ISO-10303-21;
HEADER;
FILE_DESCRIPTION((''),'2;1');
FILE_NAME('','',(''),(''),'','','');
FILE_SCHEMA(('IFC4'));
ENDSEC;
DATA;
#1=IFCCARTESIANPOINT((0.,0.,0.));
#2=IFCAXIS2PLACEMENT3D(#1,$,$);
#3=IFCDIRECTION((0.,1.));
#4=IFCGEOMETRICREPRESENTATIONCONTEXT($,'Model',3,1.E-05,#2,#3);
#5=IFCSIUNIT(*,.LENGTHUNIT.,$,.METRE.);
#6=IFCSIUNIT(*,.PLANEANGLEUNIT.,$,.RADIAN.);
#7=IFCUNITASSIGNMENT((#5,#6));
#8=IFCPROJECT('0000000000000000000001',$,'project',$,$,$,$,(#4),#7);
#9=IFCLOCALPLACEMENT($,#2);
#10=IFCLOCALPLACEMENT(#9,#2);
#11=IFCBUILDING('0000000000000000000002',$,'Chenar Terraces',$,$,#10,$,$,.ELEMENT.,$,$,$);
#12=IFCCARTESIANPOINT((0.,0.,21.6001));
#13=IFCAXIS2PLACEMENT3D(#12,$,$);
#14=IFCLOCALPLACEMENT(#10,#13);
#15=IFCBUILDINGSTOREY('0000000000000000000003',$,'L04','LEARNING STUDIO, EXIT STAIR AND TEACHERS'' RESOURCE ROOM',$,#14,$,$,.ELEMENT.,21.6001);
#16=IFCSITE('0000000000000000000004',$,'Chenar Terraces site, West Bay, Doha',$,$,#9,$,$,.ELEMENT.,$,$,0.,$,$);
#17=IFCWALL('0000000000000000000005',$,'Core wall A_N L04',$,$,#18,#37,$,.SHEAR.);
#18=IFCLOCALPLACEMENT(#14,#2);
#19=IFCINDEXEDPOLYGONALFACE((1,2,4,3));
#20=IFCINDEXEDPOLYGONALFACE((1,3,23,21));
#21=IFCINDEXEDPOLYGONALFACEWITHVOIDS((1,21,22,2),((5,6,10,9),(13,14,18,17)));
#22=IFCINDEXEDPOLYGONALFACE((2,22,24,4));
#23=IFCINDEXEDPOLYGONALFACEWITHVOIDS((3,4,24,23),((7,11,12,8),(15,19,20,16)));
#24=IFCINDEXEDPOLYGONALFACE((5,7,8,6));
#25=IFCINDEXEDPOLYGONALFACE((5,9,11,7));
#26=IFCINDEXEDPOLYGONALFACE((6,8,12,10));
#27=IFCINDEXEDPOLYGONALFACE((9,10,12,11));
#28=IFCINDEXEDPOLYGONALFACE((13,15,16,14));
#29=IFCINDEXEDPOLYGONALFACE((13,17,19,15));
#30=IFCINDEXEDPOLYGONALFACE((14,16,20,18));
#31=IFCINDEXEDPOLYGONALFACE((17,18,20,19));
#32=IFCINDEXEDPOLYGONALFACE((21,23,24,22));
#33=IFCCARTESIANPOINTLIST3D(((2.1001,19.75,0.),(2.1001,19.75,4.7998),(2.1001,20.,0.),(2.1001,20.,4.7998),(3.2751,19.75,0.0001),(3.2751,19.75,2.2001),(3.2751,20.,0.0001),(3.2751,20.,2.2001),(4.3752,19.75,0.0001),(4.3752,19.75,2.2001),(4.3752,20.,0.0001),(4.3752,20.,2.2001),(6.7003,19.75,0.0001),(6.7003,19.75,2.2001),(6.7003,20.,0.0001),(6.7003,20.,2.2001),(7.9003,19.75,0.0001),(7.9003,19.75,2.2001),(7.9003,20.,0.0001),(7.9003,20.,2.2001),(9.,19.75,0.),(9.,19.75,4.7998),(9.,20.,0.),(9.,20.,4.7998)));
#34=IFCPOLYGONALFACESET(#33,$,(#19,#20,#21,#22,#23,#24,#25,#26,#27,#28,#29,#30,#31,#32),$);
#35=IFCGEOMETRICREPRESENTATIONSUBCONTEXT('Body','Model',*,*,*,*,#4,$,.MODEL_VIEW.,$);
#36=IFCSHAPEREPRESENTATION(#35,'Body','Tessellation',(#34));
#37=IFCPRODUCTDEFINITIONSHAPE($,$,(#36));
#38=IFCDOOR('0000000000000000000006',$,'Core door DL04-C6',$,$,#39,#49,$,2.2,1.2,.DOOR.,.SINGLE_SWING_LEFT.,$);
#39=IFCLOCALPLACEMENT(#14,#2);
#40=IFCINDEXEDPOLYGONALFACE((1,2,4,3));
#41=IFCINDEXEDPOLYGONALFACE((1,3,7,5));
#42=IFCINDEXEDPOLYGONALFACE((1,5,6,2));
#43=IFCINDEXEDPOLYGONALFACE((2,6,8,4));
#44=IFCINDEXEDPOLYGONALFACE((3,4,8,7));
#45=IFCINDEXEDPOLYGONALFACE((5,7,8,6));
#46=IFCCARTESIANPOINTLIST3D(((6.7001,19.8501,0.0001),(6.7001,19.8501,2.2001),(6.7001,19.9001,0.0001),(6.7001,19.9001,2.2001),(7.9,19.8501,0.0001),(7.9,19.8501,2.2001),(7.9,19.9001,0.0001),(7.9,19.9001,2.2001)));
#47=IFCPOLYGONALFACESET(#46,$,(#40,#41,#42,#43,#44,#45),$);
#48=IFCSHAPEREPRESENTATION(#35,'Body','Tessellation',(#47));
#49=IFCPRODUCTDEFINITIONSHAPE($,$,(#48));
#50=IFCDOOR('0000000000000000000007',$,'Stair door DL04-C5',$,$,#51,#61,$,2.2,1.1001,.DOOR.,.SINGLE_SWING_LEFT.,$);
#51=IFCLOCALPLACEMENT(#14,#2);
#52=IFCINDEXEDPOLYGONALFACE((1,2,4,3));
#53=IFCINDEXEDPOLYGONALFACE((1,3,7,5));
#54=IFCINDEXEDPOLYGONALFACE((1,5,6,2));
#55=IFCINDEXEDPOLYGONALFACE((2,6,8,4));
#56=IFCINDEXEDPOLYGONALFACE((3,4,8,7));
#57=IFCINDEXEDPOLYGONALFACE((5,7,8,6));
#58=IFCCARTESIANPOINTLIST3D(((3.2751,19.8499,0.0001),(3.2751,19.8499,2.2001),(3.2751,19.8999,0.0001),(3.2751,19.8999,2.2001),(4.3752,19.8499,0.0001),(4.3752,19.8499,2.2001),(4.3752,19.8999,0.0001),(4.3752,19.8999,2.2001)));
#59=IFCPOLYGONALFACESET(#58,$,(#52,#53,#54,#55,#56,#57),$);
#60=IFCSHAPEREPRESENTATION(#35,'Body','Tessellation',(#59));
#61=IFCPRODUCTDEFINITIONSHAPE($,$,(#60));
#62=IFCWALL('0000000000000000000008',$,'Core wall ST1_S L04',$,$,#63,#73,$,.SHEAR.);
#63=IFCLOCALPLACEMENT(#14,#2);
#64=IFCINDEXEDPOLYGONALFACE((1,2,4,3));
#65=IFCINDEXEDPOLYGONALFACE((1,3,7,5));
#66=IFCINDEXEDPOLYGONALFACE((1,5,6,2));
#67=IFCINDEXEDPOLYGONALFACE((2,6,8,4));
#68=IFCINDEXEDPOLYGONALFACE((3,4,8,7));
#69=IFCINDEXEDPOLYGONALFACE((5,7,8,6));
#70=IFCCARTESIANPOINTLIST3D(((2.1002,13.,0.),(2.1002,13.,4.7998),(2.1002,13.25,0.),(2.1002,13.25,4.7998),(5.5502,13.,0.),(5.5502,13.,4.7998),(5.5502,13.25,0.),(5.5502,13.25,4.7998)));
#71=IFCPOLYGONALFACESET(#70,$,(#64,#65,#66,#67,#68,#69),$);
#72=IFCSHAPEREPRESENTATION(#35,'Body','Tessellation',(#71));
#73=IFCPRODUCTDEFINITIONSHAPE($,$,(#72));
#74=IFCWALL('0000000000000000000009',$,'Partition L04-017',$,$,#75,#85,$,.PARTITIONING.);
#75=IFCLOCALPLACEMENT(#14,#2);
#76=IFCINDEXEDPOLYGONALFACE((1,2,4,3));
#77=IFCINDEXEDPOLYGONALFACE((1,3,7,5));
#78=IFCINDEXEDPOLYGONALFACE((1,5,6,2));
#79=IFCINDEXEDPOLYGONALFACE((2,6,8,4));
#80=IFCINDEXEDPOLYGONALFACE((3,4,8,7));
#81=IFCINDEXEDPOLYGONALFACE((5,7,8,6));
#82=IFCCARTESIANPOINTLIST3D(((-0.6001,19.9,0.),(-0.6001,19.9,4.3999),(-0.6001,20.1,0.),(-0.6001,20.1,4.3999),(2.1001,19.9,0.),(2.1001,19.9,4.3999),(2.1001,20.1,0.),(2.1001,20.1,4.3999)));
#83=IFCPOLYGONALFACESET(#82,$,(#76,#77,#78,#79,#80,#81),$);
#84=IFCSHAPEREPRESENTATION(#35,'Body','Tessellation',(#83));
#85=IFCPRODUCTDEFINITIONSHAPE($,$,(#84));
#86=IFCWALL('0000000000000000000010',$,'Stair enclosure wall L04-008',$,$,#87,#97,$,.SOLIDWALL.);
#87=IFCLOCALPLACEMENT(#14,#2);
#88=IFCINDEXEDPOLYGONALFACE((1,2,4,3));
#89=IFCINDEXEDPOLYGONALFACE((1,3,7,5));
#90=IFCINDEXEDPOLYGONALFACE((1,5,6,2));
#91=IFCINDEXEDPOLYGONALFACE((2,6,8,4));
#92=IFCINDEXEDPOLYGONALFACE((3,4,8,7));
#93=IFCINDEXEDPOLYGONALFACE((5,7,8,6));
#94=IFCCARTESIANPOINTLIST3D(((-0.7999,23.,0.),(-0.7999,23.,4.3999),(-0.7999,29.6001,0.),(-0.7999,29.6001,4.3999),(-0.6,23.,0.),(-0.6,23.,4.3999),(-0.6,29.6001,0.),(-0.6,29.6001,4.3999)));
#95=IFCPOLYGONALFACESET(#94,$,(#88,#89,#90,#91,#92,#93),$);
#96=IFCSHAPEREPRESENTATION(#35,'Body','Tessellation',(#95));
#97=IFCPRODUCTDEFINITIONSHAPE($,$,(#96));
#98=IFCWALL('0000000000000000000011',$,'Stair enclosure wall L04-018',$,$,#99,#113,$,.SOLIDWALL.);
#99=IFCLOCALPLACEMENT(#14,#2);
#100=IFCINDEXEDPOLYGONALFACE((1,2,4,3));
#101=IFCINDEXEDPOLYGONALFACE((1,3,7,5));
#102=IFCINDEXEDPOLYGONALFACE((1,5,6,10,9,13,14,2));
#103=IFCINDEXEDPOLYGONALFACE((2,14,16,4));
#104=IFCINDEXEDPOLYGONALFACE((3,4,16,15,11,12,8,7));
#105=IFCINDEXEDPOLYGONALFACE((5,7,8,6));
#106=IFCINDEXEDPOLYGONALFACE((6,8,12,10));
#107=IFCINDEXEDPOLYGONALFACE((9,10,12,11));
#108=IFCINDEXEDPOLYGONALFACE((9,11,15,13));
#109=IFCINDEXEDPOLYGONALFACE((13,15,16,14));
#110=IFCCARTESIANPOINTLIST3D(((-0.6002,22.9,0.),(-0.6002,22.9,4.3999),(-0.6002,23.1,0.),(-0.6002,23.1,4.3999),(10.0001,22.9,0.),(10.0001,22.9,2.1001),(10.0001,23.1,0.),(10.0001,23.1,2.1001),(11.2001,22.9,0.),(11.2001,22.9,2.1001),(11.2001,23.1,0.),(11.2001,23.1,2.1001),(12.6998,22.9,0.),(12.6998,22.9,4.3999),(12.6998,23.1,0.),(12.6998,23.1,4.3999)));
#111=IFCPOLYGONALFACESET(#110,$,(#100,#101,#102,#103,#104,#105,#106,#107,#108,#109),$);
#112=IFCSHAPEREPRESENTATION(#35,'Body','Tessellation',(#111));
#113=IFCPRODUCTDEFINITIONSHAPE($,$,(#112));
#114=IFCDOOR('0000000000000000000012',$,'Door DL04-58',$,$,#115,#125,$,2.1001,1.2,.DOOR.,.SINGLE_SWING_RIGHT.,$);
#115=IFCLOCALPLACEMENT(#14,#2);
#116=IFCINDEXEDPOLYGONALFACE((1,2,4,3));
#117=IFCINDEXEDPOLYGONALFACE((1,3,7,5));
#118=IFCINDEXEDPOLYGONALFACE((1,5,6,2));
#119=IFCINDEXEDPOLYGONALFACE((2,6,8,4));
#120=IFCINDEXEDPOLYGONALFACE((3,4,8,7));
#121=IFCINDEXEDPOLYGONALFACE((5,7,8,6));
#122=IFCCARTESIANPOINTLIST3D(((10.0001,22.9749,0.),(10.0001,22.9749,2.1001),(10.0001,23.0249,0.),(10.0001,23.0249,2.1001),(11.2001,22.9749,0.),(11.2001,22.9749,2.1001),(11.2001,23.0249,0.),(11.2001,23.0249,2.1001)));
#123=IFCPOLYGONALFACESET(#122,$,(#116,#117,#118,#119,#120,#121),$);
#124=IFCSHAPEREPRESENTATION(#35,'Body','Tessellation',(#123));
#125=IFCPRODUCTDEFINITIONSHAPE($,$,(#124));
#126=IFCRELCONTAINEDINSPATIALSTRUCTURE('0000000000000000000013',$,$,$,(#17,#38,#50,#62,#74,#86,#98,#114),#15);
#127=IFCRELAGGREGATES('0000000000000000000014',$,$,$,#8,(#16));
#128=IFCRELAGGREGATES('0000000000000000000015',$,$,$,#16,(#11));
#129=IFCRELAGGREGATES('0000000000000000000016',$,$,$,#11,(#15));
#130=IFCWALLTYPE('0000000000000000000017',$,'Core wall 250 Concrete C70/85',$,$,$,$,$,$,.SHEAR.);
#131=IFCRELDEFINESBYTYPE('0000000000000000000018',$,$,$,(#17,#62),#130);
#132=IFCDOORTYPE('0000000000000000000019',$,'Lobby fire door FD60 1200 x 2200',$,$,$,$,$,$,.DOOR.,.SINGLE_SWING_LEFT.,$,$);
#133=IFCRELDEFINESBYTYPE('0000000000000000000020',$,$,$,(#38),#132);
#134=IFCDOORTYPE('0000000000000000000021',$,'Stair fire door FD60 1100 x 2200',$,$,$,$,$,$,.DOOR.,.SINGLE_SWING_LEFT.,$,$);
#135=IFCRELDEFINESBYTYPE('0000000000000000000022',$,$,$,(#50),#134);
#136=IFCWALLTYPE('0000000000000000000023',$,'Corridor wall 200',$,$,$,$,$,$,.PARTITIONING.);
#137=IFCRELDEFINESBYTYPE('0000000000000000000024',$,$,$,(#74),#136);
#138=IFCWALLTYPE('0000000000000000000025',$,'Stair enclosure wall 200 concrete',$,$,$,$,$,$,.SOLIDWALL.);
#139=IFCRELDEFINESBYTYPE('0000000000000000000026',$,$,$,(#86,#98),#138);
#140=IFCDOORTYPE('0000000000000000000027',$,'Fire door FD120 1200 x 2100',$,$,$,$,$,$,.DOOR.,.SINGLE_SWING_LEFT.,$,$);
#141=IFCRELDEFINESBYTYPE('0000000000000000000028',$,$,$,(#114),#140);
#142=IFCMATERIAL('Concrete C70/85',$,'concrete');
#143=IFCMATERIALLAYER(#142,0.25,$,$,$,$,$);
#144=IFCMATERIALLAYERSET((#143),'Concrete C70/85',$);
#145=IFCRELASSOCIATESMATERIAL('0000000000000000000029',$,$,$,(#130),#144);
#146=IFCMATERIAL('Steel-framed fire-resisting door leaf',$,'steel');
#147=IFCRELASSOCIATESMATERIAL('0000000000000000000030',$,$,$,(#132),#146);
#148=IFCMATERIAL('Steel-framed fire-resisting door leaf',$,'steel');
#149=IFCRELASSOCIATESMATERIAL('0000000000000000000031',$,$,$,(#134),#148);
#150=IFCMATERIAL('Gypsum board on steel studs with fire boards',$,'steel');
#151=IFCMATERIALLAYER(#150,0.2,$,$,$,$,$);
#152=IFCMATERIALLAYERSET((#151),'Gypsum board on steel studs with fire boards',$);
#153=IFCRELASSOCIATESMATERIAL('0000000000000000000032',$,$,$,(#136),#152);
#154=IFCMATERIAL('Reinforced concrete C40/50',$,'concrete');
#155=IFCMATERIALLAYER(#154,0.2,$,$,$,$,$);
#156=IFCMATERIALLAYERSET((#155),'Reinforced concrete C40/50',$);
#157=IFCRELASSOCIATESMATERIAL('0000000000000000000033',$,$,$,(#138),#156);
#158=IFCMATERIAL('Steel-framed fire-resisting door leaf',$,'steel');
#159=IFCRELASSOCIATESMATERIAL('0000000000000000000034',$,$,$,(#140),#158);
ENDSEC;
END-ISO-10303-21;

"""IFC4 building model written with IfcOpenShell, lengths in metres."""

from ifc_helpers import new_model, si_unit, direction, frame, frame_2d, origin, place, context, subcontext, project, spatial, rectangle, extrude, material, layer, layer_set, type_object, element, fill, save


model = new_model("IFC4")

# Units and contexts
model_context = context("Model", 3, precision=1e-05, world=origin(), true_north=direction((0.0, 1.0)))
body_context = subcontext(model_context, "Body", "Model", "MODEL_VIEW")
ifc_project = project(units=[si_unit("LENGTHUNIT", "METRE"), si_unit("PLANEANGLEUNIT", "RADIAN")], contexts=[model_context])

# Site, building, storey
site_placement = place(None, origin())
site = spatial("IfcSite", under=ifc_project, at=site_placement, Name="Chenar Terraces site, West Bay, Doha", CompositionType="ELEMENT", RefElevation=0.0)
building_placement = place(site_placement, origin())
building = spatial("IfcBuilding", under=site, at=building_placement, Name="Chenar Terraces", CompositionType="ELEMENT")
storey_placement = place(building_placement, frame((0.0, 0.0, 21.6001)))
storey = spatial("IfcBuildingStorey", under=building, at=storey_placement, Name="L04", Description="LEARNING STUDIO, EXIT STAIR AND TEACHERS' RESOURCE ROOM", CompositionType="ELEMENT", Elevation=21.6001)

# Wall, openings, doors
ifc_material_1 = material(Name="Concrete C70/85", Category="concrete")
ifc_layer_1 = layer(ifc_material_1, 0.25)
ifc_layer_set_1 = layer_set([ifc_layer_1], Name="Concrete C70/85")
wall_type_1 = type_object("IfcWallType", Name="Core wall 250 Concrete C70/85", PredefinedType="SHEAR", material=ifc_layer_set_1)
wall_1_placement = place(storey_placement, frame((2.1001, 19.875, 0.0), z_axis=(0.0, 0.0, 1.0), x_axis=(1.0, 0.0, 0.0)))
wall_1 = element("IfcWall", 1, at=wall_1_placement, inside=storey, type_object=wall_type_1, Name="Core wall A_N L04", PredefinedType="SHEAR", context=body_context, shape_type="SweptSolid", body=[
    extrude(rectangle(XDim=6.8999, YDim=0.25, at=frame_2d((3.45, 0.0))), origin(), (0.0, 0.0, 1.0), 4.7998),
])
opening_1_placement = place(wall_1_placement, frame((1.175, 0.0, 0.0)))
opening_1 = element("IfcOpeningElement", 2, at=opening_1_placement, cuts=wall_1, PredefinedType="OPENING", context=body_context, shape_type="SweptSolid", body=[
    extrude(rectangle(XDim=1.1001, YDim=2.2, at=frame_2d((0.55, 1.1001))), frame((0.0, 0.135, 0.0), z_axis=(0.0, -1.0, 0.0), x_axis=(1.0, 0.0, 0.0)), (0.0, 0.0, 1.0), 0.27),
])
opening_2_placement = place(wall_1_placement, frame((4.6001, 0.0, 0.0)))
opening_2 = element("IfcOpeningElement", 3, at=opening_2_placement, cuts=wall_1, PredefinedType="OPENING", context=body_context, shape_type="SweptSolid", body=[
    extrude(rectangle(XDim=1.2, YDim=2.2, at=frame_2d((0.6001, 1.1001))), frame((0.0, 0.135, 0.0), z_axis=(0.0, -1.0, 0.0), x_axis=(1.0, 0.0, 0.0)), (0.0, 0.0, 1.0), 0.27),
])
ifc_material_2 = material(Name="Steel-framed fire-resisting door leaf", Category="steel")
door_type_1 = type_object("IfcDoorType", Name="Lobby fire door FD60 1200 x 2200", OperationType="SINGLE_SWING_LEFT", PredefinedType="DOOR", material=ifc_material_2)
door_1_placement = place(opening_2_placement, frame((1.2, 0.0, 0.0), z_axis=(0.0, 0.0, 1.0), x_axis=(-1.0, 0.0, 0.0)))
door_1 = element("IfcDoor", 4, at=door_1_placement, inside=storey, type_object=door_type_1, Name="Core door DL04-C6", OperationType="SINGLE_SWING_LEFT", OverallHeight=2.2, OverallWidth=1.2, PredefinedType="DOOR", context=body_context, shape_type="SweptSolid", body=[
    extrude(rectangle(XDim=1.2, YDim=2.2, at=frame_2d((0.6001, 1.1001))), frame((0.0, 0.0249, 0.0), z_axis=(0.0, -1.0, 0.0), x_axis=(1.0, 0.0, 0.0)), (0.0, 0.0, 1.0), 0.05),
])
fill(opening_2, door_1)
ifc_material_3 = material(Name="Steel-framed fire-resisting door leaf", Category="steel")
door_type_2 = type_object("IfcDoorType", Name="Stair fire door FD60 1100 x 2200", OperationType="SINGLE_SWING_LEFT", PredefinedType="DOOR", material=ifc_material_3)
door_2_placement = place(opening_1_placement, origin())
door_2 = element("IfcDoor", 5, at=door_2_placement, inside=storey, type_object=door_type_2, Name="Stair door DL04-C5", OperationType="SINGLE_SWING_LEFT", OverallHeight=2.2, OverallWidth=1.1001, PredefinedType="DOOR", context=body_context, shape_type="SweptSolid", body=[
    extrude(rectangle(XDim=1.1001, YDim=2.2, at=frame_2d((0.55, 1.1001))), frame((0.0, 0.0249, 0.0), z_axis=(0.0, -1.0, 0.0), x_axis=(1.0, 0.0, 0.0)), (0.0, 0.0, 1.0), 0.05),
])
fill(opening_1, door_2)

# Walls
wall_2_placement = place(storey_placement, frame((2.1001, 13.125, 0.0), z_axis=(0.0, 0.0, 1.0), x_axis=(1.0, 0.0, 0.0)))
element("IfcWall", 6, at=wall_2_placement, inside=storey, type_object=wall_type_1, Name="Core wall ST1_S L04", PredefinedType="SHEAR", context=body_context, shape_type="SweptSolid", body=[
    extrude(rectangle(XDim=3.45, YDim=0.25, at=frame_2d((1.7251, 0.0))), origin(), (0.0, 0.0, 1.0), 4.7998),
])
ifc_material_4 = material(Name="Gypsum board on steel studs with fire boards", Category="steel")
ifc_layer_2 = layer(ifc_material_4, 0.2)
ifc_layer_set_2 = layer_set([ifc_layer_2], Name="Gypsum board on steel studs with fire boards")
wall_type_2 = type_object("IfcWallType", Name="Corridor wall 200", PredefinedType="PARTITIONING", material=ifc_layer_set_2)
wall_3_placement = place(storey_placement, frame((-0.6001, 20.0, 0.0), z_axis=(0.0, 0.0, 1.0), x_axis=(1.0, 0.0, 0.0)))
element("IfcWall", 7, at=wall_3_placement, inside=storey, type_object=wall_type_2, Name="Partition L04-017", PredefinedType="PARTITIONING", context=body_context, shape_type="SweptSolid", body=[
    extrude(rectangle(XDim=2.7002, YDim=0.2, at=frame_2d((1.3501, 0.0))), origin(), (0.0, 0.0, 1.0), 4.3999),
])
ifc_material_5 = material(Name="Reinforced concrete C40/50", Category="concrete")
ifc_layer_3 = layer(ifc_material_5, 0.2)
ifc_layer_set_3 = layer_set([ifc_layer_3], Name="Reinforced concrete C40/50")
wall_type_3 = type_object("IfcWallType", Name="Stair enclosure wall 200 concrete", PredefinedType="SOLIDWALL", material=ifc_layer_set_3)
wall_4_placement = place(storey_placement, frame((-0.7, 23.0, 0.0), z_axis=(0.0, 0.0, 1.0), x_axis=(0.0, 1.0, 0.0)))
element("IfcWall", 8, at=wall_4_placement, inside=storey, type_object=wall_type_3, Name="Stair enclosure wall L04-008", PredefinedType="SOLIDWALL", context=body_context, shape_type="SweptSolid", body=[
    extrude(rectangle(XDim=6.6001, YDim=0.2, at=frame_2d((3.3, 0.0))), origin(), (0.0, 0.0, 1.0), 4.3999),
])

# Wall, opening, door
wall_5_placement = place(storey_placement, frame((-0.6001, 23.0, 0.0), z_axis=(0.0, 0.0, 1.0), x_axis=(1.0, 0.0, 0.0)))
wall_5 = element("IfcWall", 9, at=wall_5_placement, inside=storey, type_object=wall_type_3, Name="Stair enclosure wall L04-018", PredefinedType="SOLIDWALL", context=body_context, shape_type="SweptSolid", body=[
    extrude(rectangle(XDim=13.3, YDim=0.2, at=frame_2d((6.6499, 0.0))), origin(), (0.0, 0.0, 1.0), 4.3999),
])
opening_3_placement = place(wall_5_placement, frame((10.6001, 0.0, 0.0)))
opening_3 = element("IfcOpeningElement", 10, at=opening_3_placement, cuts=wall_5, PredefinedType="OPENING", context=body_context, shape_type="SweptSolid", body=[
    extrude(rectangle(XDim=1.2, YDim=2.1001, at=frame_2d((0.6001, 1.05))), frame((0.0, 0.1099, 0.0), z_axis=(0.0, -1.0, 0.0), x_axis=(1.0, 0.0, 0.0)), (0.0, 0.0, 1.0), 0.22),
])
ifc_material_6 = material(Name="Steel-framed fire-resisting door leaf", Category="steel")
door_type_3 = type_object("IfcDoorType", Name="Fire door FD120 1200 x 2100", OperationType="SINGLE_SWING_LEFT", PredefinedType="DOOR", material=ifc_material_6)
door_3_placement = place(opening_3_placement, origin())
door_3 = element("IfcDoor", 11, at=door_3_placement, inside=storey, type_object=door_type_3, Name="Door DL04-58", OperationType="SINGLE_SWING_RIGHT", OverallHeight=2.1001, OverallWidth=1.2, PredefinedType="DOOR", context=body_context, shape_type="SweptSolid", body=[
    extrude(rectangle(XDim=1.2, YDim=2.1001, at=frame_2d((0.6001, 1.05))), frame((0.0, 0.0249, 0.0), z_axis=(0.0, -1.0, 0.0), x_axis=(1.0, 0.0, 0.0)), (0.0, 0.0, 1.0), 0.05),
])
fill(opening_3, door_3)

save(model, "model.ifc")
